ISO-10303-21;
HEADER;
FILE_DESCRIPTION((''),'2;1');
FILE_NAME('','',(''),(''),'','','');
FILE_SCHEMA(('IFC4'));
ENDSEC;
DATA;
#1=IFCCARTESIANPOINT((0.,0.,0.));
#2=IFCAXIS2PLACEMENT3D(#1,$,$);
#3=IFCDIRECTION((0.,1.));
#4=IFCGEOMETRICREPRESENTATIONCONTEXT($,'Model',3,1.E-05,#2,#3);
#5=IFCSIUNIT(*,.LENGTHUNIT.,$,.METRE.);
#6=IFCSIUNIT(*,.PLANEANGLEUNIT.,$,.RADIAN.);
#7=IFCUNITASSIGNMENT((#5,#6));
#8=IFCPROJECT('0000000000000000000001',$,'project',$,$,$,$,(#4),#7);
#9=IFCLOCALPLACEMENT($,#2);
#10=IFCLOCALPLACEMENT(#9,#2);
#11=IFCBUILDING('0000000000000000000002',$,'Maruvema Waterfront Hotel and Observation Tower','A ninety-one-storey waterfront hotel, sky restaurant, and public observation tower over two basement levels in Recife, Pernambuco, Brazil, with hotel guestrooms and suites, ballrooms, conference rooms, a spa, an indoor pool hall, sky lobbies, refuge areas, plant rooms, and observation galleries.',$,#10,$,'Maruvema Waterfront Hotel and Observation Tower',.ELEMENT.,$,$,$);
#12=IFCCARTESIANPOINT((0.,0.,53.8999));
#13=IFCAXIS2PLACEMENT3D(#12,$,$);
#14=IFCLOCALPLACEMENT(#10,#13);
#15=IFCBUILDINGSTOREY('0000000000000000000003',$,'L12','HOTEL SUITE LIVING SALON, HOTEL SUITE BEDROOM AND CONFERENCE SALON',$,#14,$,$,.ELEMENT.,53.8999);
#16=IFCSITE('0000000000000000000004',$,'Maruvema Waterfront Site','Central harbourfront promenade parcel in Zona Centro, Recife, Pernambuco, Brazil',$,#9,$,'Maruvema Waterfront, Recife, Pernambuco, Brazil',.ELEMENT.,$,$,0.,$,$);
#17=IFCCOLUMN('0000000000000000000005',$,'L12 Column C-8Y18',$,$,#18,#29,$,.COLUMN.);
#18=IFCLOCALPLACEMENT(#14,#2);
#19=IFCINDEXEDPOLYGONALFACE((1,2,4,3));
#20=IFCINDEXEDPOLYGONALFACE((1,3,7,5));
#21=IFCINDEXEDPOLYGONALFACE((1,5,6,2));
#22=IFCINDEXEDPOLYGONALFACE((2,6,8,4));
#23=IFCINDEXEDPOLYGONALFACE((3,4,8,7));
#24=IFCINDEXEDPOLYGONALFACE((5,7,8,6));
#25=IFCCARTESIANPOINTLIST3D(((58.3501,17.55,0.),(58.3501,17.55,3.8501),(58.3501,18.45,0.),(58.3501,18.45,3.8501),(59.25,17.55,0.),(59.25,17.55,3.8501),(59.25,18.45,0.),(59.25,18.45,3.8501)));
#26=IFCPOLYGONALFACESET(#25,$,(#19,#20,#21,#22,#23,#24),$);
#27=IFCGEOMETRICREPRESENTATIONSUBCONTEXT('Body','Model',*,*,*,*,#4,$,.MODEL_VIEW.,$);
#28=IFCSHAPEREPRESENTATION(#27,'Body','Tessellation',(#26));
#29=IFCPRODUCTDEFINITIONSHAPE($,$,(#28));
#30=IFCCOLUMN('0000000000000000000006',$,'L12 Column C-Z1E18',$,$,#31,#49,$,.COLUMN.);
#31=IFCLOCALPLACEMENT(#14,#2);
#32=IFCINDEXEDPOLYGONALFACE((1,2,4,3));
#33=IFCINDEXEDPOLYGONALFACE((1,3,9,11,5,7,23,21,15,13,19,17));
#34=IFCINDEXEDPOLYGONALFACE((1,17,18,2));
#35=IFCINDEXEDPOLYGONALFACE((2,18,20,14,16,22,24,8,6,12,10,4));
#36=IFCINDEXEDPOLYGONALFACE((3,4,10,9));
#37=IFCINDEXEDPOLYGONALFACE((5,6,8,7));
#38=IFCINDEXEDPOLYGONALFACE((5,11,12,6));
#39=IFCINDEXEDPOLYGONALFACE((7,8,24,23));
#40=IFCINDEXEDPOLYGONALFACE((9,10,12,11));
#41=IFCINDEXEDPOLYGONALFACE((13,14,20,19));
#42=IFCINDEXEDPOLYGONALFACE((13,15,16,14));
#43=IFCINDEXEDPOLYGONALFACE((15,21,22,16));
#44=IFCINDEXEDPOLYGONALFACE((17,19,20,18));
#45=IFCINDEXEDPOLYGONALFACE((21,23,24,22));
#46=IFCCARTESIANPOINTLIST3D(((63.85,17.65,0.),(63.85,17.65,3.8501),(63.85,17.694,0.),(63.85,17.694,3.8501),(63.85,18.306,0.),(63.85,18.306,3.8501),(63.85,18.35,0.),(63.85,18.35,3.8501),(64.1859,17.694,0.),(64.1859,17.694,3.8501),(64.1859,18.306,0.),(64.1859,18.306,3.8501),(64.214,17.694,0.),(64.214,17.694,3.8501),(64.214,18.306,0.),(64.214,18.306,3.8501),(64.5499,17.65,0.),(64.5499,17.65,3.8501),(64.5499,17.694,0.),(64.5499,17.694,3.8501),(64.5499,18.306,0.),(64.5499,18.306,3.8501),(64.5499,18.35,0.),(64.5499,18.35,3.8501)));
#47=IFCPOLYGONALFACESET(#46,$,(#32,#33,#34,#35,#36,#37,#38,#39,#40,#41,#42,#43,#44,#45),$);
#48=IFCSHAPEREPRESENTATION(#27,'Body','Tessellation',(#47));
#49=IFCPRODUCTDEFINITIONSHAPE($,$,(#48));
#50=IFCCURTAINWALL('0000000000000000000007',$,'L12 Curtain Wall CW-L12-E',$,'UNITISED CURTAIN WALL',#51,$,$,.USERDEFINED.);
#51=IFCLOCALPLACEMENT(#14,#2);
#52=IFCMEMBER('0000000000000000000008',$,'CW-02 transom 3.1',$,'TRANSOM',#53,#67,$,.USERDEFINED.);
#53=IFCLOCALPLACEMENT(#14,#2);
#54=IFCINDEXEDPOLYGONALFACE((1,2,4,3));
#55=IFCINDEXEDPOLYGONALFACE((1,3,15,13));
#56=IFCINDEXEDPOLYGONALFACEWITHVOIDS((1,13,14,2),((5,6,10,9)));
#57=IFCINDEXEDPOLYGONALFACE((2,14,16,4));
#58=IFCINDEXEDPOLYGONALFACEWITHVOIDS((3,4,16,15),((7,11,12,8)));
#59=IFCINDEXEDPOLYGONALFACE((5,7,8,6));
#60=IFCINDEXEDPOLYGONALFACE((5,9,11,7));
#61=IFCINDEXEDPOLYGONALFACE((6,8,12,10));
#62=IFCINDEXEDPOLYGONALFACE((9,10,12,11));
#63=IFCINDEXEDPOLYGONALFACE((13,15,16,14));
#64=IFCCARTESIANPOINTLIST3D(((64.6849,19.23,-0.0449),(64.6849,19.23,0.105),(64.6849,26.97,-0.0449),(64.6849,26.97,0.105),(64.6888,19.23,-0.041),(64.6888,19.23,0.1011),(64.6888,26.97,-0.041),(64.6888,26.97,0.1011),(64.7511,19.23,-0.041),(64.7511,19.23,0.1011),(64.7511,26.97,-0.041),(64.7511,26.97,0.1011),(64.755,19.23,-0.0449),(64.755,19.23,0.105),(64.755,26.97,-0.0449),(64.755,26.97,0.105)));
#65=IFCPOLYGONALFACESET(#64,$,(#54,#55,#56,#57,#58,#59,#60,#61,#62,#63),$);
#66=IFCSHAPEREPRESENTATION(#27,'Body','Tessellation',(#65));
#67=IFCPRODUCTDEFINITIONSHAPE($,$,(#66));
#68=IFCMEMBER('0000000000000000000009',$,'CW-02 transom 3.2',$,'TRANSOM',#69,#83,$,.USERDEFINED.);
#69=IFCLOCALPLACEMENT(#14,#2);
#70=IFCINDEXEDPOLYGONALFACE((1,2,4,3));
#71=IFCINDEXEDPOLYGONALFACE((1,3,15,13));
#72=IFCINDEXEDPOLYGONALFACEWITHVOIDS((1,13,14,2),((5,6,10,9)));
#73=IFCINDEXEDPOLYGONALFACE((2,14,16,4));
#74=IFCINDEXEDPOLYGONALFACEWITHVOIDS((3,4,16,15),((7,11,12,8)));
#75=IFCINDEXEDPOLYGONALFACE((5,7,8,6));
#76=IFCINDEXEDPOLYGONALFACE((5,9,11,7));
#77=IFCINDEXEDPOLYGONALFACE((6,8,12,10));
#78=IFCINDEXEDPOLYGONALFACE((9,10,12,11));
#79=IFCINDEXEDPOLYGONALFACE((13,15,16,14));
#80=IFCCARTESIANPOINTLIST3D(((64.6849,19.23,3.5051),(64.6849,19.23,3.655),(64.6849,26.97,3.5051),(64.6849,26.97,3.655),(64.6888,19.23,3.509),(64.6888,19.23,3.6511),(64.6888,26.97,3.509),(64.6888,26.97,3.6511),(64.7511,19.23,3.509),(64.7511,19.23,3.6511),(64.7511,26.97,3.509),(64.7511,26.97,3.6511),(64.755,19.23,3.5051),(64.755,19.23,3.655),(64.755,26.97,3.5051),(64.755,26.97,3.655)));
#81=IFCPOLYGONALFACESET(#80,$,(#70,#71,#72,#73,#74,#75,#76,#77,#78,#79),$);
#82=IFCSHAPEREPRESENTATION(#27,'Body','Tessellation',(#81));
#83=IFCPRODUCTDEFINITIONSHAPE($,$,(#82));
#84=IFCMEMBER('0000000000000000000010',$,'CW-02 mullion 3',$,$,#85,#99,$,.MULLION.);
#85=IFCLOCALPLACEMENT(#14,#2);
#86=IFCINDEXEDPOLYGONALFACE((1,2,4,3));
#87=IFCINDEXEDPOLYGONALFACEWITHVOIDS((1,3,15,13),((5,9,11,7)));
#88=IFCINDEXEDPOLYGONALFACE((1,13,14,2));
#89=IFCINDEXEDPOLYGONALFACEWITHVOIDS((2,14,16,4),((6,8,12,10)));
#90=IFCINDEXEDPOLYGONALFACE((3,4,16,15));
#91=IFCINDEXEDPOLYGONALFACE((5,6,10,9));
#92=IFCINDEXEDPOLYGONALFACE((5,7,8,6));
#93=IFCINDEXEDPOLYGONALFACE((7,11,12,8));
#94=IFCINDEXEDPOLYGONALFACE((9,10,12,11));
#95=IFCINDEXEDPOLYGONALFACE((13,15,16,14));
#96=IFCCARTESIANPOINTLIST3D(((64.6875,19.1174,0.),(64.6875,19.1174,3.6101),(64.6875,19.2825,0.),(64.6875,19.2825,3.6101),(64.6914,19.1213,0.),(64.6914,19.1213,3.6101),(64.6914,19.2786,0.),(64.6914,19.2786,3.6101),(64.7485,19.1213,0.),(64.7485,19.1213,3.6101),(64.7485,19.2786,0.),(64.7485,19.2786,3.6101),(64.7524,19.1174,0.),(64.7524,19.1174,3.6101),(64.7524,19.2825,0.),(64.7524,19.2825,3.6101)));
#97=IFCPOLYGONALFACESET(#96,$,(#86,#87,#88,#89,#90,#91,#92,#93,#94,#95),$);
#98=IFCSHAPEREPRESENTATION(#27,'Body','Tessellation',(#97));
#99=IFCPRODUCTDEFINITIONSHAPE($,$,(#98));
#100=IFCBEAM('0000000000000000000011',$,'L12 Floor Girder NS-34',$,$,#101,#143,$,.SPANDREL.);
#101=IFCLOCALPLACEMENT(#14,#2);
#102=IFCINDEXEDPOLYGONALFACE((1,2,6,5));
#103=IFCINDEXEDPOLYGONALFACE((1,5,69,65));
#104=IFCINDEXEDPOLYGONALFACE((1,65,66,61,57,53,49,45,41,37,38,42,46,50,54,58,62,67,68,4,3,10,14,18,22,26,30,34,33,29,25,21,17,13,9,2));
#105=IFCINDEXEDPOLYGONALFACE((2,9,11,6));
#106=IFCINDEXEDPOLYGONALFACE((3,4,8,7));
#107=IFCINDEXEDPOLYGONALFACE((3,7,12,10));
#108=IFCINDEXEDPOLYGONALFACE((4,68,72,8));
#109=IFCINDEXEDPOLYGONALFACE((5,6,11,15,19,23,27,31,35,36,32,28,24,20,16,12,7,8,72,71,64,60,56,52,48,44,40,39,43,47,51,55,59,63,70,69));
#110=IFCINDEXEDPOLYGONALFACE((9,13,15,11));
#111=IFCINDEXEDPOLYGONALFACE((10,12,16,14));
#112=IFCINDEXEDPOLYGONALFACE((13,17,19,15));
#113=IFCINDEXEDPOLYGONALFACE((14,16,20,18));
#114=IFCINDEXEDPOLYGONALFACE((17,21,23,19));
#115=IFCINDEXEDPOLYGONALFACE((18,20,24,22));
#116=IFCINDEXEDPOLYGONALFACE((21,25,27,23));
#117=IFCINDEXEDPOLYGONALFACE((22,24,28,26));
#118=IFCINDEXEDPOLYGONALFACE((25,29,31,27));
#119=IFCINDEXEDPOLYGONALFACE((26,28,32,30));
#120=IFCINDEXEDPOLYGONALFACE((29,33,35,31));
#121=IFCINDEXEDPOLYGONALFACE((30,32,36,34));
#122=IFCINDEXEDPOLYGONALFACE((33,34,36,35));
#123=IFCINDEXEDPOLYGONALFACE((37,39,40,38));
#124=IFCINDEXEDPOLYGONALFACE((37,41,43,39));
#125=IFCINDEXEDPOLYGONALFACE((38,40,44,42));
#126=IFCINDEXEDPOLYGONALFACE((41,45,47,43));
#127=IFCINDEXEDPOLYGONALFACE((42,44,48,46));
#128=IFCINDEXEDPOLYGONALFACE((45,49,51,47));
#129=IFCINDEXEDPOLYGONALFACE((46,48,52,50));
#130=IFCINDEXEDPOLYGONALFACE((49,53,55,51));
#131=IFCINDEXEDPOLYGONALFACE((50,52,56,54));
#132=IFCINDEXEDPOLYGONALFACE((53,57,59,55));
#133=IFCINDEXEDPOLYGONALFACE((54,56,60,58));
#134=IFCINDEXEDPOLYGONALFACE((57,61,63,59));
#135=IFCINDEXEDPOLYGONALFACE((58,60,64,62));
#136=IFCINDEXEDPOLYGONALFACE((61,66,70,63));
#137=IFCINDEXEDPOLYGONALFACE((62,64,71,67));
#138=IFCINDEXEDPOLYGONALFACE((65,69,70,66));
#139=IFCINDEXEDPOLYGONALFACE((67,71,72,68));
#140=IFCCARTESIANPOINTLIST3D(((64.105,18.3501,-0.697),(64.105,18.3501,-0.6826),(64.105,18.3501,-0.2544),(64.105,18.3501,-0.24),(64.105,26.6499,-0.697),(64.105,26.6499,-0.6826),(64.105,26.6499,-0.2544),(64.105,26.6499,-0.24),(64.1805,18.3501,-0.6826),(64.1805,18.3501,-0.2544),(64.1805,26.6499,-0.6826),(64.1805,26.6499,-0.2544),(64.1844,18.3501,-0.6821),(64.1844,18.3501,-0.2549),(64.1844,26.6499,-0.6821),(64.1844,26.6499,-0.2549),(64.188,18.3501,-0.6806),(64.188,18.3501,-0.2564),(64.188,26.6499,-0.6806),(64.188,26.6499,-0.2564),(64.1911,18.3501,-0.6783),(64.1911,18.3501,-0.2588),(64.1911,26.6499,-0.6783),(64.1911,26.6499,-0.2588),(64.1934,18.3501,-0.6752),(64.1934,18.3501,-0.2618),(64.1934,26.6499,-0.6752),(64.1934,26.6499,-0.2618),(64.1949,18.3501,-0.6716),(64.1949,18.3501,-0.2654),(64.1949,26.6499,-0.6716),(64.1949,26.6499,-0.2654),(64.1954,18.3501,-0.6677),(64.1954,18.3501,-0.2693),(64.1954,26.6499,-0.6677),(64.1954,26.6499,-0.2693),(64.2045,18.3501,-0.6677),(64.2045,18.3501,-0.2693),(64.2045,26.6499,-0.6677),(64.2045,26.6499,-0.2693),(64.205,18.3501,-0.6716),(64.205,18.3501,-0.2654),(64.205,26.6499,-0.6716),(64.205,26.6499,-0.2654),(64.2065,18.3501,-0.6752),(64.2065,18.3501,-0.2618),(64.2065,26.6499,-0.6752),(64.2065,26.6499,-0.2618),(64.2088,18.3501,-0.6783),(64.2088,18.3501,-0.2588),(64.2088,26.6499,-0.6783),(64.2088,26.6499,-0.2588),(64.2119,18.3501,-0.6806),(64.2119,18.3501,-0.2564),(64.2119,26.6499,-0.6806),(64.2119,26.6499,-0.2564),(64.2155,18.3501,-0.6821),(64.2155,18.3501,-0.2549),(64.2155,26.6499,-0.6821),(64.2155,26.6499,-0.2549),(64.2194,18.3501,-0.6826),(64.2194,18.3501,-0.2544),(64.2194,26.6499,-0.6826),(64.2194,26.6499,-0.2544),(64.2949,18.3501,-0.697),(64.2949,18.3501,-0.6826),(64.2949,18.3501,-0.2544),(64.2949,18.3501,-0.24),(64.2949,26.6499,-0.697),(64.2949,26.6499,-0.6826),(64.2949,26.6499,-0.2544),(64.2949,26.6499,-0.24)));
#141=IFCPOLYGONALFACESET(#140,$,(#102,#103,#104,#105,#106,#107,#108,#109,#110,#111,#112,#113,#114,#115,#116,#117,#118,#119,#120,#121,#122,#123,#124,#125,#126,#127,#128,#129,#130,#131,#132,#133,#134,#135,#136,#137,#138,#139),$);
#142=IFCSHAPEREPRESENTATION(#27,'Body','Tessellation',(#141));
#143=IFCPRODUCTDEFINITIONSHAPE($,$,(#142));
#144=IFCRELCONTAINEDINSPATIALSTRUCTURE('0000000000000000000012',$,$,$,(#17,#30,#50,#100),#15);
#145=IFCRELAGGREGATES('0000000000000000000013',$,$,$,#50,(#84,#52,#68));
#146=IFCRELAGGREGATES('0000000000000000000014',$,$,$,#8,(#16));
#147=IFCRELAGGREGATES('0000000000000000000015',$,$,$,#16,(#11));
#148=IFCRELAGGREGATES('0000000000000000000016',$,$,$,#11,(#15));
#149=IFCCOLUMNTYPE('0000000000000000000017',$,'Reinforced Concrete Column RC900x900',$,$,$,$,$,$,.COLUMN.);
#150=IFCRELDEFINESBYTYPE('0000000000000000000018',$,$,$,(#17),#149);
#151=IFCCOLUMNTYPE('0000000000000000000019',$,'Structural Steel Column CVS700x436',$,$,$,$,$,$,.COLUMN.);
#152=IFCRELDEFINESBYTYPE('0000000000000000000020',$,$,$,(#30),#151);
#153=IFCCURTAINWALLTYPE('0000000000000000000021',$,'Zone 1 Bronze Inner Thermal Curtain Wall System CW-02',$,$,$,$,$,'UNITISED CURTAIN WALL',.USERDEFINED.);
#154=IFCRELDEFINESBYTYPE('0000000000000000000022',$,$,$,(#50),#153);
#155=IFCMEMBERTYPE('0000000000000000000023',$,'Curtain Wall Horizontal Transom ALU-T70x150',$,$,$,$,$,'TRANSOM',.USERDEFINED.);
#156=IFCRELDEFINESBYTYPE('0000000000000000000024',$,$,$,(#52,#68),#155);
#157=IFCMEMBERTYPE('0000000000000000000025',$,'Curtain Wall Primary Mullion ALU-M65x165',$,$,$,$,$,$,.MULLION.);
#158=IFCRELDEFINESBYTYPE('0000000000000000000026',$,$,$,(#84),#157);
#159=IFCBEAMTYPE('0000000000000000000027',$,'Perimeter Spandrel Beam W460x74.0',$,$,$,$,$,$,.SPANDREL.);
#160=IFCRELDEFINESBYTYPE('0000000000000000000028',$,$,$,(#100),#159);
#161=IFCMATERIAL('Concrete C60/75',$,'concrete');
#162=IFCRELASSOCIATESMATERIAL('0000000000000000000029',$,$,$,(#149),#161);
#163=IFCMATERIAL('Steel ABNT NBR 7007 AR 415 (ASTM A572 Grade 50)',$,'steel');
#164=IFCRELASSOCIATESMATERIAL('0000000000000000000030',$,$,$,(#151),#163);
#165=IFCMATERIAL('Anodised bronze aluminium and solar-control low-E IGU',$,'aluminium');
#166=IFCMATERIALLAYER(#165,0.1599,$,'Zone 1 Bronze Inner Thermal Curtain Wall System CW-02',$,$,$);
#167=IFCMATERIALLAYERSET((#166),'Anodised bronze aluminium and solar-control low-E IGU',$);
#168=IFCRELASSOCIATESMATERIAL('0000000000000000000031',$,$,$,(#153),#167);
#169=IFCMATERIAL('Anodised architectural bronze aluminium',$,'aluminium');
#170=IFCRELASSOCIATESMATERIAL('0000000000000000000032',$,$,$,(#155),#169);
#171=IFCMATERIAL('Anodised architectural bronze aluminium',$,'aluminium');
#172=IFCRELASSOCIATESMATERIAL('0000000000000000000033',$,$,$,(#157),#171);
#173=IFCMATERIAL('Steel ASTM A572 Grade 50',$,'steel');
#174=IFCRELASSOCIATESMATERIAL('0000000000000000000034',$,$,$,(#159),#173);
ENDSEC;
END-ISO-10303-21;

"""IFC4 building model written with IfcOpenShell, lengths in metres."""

from ifc_helpers import new_model, si_unit, direction, frame, origin, origin_2d, place, context, subcontext, project, spatial, rectangle, hollow_rectangle, i_section, extrude, material, layer, layer_set, material_profile, profile_set, type_object, element, aggregate, save


model = new_model("IFC4")

# Units and contexts
model_context = context("Model", 3, precision=1e-05, world=origin(), true_north=direction((0.0, 1.0)))
body_context = subcontext(model_context, "Body", "Model", "MODEL_VIEW")
ifc_project = project(units=[si_unit("LENGTHUNIT", "METRE"), si_unit("PLANEANGLEUNIT", "RADIAN")], contexts=[model_context])

# Site, building, storey
site_placement = place(None, origin())
site = spatial("IfcSite", under=ifc_project, at=site_placement, Name="Maruvema Waterfront Site", Description="Central harbourfront promenade parcel in Zona Centro, Recife, Pernambuco, Brazil", LongName="Maruvema Waterfront, Recife, Pernambuco, Brazil", CompositionType="ELEMENT", RefElevation=0.0)
building_placement = place(site_placement, origin())
building = spatial("IfcBuilding", under=site, at=building_placement, Name="Maruvema Waterfront Hotel and Observation Tower", Description="A ninety-one-storey waterfront hotel, sky restaurant, and public observation tower over two basement levels in Recife, Pernambuco, Brazil, with hotel guestrooms and suites, ballrooms, conference rooms, a spa, an indoor pool hall, sky lobbies, refuge areas, plant rooms, and observation galleries.", LongName="Maruvema Waterfront Hotel and Observation Tower", CompositionType="ELEMENT")
storey_placement = place(building_placement, frame((0.0, 0.0, 53.8999)))
storey = spatial("IfcBuildingStorey", under=building, at=storey_placement, Name="L12", Description="HOTEL SUITE LIVING SALON, HOTEL SUITE BEDROOM AND CONFERENCE SALON", CompositionType="ELEMENT", Elevation=53.8999)

# Columns
ifc_material_1 = material(Name="Concrete C60/75", Category="concrete")
ifc_material_profile_1 = material_profile(ifc_material_1, rectangle(XDim=0.8999, YDim=0.8999, at=origin_2d()), Name="RC900x900")
ifc_profile_set_1 = profile_set([ifc_material_profile_1], Name="Concrete C60/75")
column_type_1 = type_object("IfcColumnType", Name="Reinforced Concrete Column RC900x900", PredefinedType="COLUMN", material=ifc_profile_set_1)
column_1_placement = place(storey_placement, frame((58.8, 18.0, 0.0), z_axis=(0.0, 0.0, 1.0), x_axis=(1.0, 0.0, 0.0)))
element("IfcColumn", 1, at=column_1_placement, inside=storey, type_object=column_type_1, Name="L12 Column C-8Y18", PredefinedType="COLUMN", context=body_context, shape_type="SweptSolid", body=[
    extrude(rectangle(XDim=0.8999, YDim=0.8999, at=origin_2d()), origin(), (0.0, 0.0, 1.0), 3.8501),
])
ifc_material_2 = material(Name="Steel ABNT NBR 7007 AR 415 (ASTM A572 Grade 50)", Category="steel")
ifc_material_profile_2 = material_profile(ifc_material_2, i_section(OverallWidth=0.7, OverallDepth=0.7, WebThickness=0.0281, FlangeThickness=0.0439, at=origin_2d()), Name="CVS700x436")
ifc_profile_set_2 = profile_set([ifc_material_profile_2], Name="Steel ABNT NBR 7007 AR 415 (ASTM A572 Grade 50)")
column_type_2 = type_object("IfcColumnType", Name="Structural Steel Column CVS700x436", PredefinedType="COLUMN", material=ifc_profile_set_2)
column_2_placement = place(storey_placement, frame((64.2, 18.0, 0.0), z_axis=(0.0, 0.0, 1.0), x_axis=(1.0, 0.0, 0.0)))
element("IfcColumn", 2, at=column_2_placement, inside=storey, type_object=column_type_2, Name="L12 Column C-Z1E18", PredefinedType="COLUMN", context=body_context, shape_type="SweptSolid", body=[
    extrude(i_section(OverallWidth=0.7, OverallDepth=0.7, WebThickness=0.0281, FlangeThickness=0.0439, at=origin_2d()), origin(), (0.0, 0.0, 1.0), 3.8501),
])

# Curtain wall, members
ifc_material_3 = material(Name="Anodised bronze aluminium and solar-control low-E IGU", Category="aluminium")
ifc_layer_1 = layer(ifc_material_3, 0.1599, Name="Zone 1 Bronze Inner Thermal Curtain Wall System CW-02")
ifc_layer_set_1 = layer_set([ifc_layer_1], Name="Anodised bronze aluminium and solar-control low-E IGU")
curtain_wall_type = type_object("IfcCurtainWallType", Name="Zone 1 Bronze Inner Thermal Curtain Wall System CW-02", ElementType="UNITISED CURTAIN WALL", PredefinedType="USERDEFINED", material=ifc_layer_set_1)
curtain_wall_placement = place(storey_placement, origin())
curtain_wall = element("IfcCurtainWall", 3, at=curtain_wall_placement, inside=storey, type_object=curtain_wall_type, Name="L12 Curtain Wall CW-L12-E", ObjectType="UNITISED CURTAIN WALL", PredefinedType="USERDEFINED")
ifc_material_4 = material(Name="Anodised architectural bronze aluminium", Category="aluminium")
ifc_material_profile_3 = material_profile(ifc_material_4, hollow_rectangle(XDim=0.0701, YDim=0.1499, WallThickness=0.0039, at=origin_2d()), Name="ALU-T70x150")
ifc_profile_set_3 = profile_set([ifc_material_profile_3], Name="Anodised architectural bronze aluminium")
member_type_1 = type_object("IfcMemberType", Name="Curtain Wall Horizontal Transom ALU-T70x150", ElementType="TRANSOM", PredefinedType="USERDEFINED", material=ifc_profile_set_3)
member_1_placement = place(storey_placement, frame((64.72, 19.23, 0.03), z_axis=(0.0, 1.0, 0.0), x_axis=(-1.0, 0.0, 0.0)))
member_1 = element("IfcMember", 4, at=member_1_placement, type_object=member_type_1, Name="CW-02 transom 3.1", ObjectType="TRANSOM", PredefinedType="USERDEFINED", context=body_context, shape_type="SweptSolid", body=[
    extrude(hollow_rectangle(XDim=0.0701, YDim=0.1499, WallThickness=0.0039, at=origin_2d()), origin(), (0.0, 0.0, 1.0), 7.74),
])
member_2_placement = place(storey_placement, frame((64.72, 19.23, 3.5801), z_axis=(0.0, 1.0, 0.0), x_axis=(-1.0, 0.0, 0.0)))
member_2 = element("IfcMember", 5, at=member_2_placement, type_object=member_type_1, Name="CW-02 transom 3.2", ObjectType="TRANSOM", PredefinedType="USERDEFINED", context=body_context, shape_type="SweptSolid", body=[
    extrude(hollow_rectangle(XDim=0.0701, YDim=0.1499, WallThickness=0.0039, at=origin_2d()), origin(), (0.0, 0.0, 1.0), 7.74),
])
ifc_material_5 = material(Name="Anodised architectural bronze aluminium", Category="aluminium")
ifc_material_profile_4 = material_profile(ifc_material_5, hollow_rectangle(XDim=0.0649, YDim=0.165, WallThickness=0.0039, at=origin_2d()), Name="ALU-M65x165")
ifc_profile_set_4 = profile_set([ifc_material_profile_4], Name="Anodised architectural bronze aluminium")
member_type_2 = type_object("IfcMemberType", Name="Curtain Wall Primary Mullion ALU-M65x165", PredefinedType="MULLION", material=ifc_profile_set_4)
member_3_placement = place(storey_placement, frame((64.72, 19.2, 0.0), z_axis=(0.0, 0.0, 1.0), x_axis=(-1.0, 0.0, 0.0)))
member_3 = element("IfcMember", 6, at=member_3_placement, type_object=member_type_2, Name="CW-02 mullion 3", PredefinedType="MULLION", context=body_context, shape_type="SweptSolid", body=[
    extrude(hollow_rectangle(XDim=0.0649, YDim=0.165, WallThickness=0.0039, at=origin_2d()), origin(), (0.0, 0.0, 1.0), 3.6101),
])
aggregate(curtain_wall, [member_3, member_1, member_2])

# Beam
ifc_material_6 = material(Name="Steel ASTM A572 Grade 50", Category="steel")
ifc_material_profile_5 = material_profile(ifc_material_6, i_section(OverallWidth=0.1899, OverallDepth=0.457, WebThickness=0.009, FlangeThickness=0.0144, FilletRadius=0.0149, at=origin_2d()), Name="W460x74.0")
ifc_profile_set_5 = profile_set([ifc_material_profile_5], Name="Steel ASTM A572 Grade 50")
beam_type_1 = type_object("IfcBeamType", Name="Perimeter Spandrel Beam W460x74.0", PredefinedType="SPANDREL", material=ifc_profile_set_5)
beam_1_placement = place(storey_placement, frame((64.2, 18.3501, -0.4685), z_axis=(0.0, 1.0, 0.0), x_axis=(-1.0, 0.0, 0.0)))
element("IfcBeam", 7, at=beam_1_placement, inside=storey, type_object=beam_type_1, Name="L12 Floor Girder NS-34", PredefinedType="SPANDREL", context=body_context, shape_type="SweptSolid", body=[
    extrude(i_section(OverallWidth=0.1899, OverallDepth=0.457, WebThickness=0.009, FlangeThickness=0.0144, FilletRadius=0.0149, at=origin_2d()), origin(), (0.0, 0.0, 1.0), 8.2998),
])

save(model, "model.ifc")
